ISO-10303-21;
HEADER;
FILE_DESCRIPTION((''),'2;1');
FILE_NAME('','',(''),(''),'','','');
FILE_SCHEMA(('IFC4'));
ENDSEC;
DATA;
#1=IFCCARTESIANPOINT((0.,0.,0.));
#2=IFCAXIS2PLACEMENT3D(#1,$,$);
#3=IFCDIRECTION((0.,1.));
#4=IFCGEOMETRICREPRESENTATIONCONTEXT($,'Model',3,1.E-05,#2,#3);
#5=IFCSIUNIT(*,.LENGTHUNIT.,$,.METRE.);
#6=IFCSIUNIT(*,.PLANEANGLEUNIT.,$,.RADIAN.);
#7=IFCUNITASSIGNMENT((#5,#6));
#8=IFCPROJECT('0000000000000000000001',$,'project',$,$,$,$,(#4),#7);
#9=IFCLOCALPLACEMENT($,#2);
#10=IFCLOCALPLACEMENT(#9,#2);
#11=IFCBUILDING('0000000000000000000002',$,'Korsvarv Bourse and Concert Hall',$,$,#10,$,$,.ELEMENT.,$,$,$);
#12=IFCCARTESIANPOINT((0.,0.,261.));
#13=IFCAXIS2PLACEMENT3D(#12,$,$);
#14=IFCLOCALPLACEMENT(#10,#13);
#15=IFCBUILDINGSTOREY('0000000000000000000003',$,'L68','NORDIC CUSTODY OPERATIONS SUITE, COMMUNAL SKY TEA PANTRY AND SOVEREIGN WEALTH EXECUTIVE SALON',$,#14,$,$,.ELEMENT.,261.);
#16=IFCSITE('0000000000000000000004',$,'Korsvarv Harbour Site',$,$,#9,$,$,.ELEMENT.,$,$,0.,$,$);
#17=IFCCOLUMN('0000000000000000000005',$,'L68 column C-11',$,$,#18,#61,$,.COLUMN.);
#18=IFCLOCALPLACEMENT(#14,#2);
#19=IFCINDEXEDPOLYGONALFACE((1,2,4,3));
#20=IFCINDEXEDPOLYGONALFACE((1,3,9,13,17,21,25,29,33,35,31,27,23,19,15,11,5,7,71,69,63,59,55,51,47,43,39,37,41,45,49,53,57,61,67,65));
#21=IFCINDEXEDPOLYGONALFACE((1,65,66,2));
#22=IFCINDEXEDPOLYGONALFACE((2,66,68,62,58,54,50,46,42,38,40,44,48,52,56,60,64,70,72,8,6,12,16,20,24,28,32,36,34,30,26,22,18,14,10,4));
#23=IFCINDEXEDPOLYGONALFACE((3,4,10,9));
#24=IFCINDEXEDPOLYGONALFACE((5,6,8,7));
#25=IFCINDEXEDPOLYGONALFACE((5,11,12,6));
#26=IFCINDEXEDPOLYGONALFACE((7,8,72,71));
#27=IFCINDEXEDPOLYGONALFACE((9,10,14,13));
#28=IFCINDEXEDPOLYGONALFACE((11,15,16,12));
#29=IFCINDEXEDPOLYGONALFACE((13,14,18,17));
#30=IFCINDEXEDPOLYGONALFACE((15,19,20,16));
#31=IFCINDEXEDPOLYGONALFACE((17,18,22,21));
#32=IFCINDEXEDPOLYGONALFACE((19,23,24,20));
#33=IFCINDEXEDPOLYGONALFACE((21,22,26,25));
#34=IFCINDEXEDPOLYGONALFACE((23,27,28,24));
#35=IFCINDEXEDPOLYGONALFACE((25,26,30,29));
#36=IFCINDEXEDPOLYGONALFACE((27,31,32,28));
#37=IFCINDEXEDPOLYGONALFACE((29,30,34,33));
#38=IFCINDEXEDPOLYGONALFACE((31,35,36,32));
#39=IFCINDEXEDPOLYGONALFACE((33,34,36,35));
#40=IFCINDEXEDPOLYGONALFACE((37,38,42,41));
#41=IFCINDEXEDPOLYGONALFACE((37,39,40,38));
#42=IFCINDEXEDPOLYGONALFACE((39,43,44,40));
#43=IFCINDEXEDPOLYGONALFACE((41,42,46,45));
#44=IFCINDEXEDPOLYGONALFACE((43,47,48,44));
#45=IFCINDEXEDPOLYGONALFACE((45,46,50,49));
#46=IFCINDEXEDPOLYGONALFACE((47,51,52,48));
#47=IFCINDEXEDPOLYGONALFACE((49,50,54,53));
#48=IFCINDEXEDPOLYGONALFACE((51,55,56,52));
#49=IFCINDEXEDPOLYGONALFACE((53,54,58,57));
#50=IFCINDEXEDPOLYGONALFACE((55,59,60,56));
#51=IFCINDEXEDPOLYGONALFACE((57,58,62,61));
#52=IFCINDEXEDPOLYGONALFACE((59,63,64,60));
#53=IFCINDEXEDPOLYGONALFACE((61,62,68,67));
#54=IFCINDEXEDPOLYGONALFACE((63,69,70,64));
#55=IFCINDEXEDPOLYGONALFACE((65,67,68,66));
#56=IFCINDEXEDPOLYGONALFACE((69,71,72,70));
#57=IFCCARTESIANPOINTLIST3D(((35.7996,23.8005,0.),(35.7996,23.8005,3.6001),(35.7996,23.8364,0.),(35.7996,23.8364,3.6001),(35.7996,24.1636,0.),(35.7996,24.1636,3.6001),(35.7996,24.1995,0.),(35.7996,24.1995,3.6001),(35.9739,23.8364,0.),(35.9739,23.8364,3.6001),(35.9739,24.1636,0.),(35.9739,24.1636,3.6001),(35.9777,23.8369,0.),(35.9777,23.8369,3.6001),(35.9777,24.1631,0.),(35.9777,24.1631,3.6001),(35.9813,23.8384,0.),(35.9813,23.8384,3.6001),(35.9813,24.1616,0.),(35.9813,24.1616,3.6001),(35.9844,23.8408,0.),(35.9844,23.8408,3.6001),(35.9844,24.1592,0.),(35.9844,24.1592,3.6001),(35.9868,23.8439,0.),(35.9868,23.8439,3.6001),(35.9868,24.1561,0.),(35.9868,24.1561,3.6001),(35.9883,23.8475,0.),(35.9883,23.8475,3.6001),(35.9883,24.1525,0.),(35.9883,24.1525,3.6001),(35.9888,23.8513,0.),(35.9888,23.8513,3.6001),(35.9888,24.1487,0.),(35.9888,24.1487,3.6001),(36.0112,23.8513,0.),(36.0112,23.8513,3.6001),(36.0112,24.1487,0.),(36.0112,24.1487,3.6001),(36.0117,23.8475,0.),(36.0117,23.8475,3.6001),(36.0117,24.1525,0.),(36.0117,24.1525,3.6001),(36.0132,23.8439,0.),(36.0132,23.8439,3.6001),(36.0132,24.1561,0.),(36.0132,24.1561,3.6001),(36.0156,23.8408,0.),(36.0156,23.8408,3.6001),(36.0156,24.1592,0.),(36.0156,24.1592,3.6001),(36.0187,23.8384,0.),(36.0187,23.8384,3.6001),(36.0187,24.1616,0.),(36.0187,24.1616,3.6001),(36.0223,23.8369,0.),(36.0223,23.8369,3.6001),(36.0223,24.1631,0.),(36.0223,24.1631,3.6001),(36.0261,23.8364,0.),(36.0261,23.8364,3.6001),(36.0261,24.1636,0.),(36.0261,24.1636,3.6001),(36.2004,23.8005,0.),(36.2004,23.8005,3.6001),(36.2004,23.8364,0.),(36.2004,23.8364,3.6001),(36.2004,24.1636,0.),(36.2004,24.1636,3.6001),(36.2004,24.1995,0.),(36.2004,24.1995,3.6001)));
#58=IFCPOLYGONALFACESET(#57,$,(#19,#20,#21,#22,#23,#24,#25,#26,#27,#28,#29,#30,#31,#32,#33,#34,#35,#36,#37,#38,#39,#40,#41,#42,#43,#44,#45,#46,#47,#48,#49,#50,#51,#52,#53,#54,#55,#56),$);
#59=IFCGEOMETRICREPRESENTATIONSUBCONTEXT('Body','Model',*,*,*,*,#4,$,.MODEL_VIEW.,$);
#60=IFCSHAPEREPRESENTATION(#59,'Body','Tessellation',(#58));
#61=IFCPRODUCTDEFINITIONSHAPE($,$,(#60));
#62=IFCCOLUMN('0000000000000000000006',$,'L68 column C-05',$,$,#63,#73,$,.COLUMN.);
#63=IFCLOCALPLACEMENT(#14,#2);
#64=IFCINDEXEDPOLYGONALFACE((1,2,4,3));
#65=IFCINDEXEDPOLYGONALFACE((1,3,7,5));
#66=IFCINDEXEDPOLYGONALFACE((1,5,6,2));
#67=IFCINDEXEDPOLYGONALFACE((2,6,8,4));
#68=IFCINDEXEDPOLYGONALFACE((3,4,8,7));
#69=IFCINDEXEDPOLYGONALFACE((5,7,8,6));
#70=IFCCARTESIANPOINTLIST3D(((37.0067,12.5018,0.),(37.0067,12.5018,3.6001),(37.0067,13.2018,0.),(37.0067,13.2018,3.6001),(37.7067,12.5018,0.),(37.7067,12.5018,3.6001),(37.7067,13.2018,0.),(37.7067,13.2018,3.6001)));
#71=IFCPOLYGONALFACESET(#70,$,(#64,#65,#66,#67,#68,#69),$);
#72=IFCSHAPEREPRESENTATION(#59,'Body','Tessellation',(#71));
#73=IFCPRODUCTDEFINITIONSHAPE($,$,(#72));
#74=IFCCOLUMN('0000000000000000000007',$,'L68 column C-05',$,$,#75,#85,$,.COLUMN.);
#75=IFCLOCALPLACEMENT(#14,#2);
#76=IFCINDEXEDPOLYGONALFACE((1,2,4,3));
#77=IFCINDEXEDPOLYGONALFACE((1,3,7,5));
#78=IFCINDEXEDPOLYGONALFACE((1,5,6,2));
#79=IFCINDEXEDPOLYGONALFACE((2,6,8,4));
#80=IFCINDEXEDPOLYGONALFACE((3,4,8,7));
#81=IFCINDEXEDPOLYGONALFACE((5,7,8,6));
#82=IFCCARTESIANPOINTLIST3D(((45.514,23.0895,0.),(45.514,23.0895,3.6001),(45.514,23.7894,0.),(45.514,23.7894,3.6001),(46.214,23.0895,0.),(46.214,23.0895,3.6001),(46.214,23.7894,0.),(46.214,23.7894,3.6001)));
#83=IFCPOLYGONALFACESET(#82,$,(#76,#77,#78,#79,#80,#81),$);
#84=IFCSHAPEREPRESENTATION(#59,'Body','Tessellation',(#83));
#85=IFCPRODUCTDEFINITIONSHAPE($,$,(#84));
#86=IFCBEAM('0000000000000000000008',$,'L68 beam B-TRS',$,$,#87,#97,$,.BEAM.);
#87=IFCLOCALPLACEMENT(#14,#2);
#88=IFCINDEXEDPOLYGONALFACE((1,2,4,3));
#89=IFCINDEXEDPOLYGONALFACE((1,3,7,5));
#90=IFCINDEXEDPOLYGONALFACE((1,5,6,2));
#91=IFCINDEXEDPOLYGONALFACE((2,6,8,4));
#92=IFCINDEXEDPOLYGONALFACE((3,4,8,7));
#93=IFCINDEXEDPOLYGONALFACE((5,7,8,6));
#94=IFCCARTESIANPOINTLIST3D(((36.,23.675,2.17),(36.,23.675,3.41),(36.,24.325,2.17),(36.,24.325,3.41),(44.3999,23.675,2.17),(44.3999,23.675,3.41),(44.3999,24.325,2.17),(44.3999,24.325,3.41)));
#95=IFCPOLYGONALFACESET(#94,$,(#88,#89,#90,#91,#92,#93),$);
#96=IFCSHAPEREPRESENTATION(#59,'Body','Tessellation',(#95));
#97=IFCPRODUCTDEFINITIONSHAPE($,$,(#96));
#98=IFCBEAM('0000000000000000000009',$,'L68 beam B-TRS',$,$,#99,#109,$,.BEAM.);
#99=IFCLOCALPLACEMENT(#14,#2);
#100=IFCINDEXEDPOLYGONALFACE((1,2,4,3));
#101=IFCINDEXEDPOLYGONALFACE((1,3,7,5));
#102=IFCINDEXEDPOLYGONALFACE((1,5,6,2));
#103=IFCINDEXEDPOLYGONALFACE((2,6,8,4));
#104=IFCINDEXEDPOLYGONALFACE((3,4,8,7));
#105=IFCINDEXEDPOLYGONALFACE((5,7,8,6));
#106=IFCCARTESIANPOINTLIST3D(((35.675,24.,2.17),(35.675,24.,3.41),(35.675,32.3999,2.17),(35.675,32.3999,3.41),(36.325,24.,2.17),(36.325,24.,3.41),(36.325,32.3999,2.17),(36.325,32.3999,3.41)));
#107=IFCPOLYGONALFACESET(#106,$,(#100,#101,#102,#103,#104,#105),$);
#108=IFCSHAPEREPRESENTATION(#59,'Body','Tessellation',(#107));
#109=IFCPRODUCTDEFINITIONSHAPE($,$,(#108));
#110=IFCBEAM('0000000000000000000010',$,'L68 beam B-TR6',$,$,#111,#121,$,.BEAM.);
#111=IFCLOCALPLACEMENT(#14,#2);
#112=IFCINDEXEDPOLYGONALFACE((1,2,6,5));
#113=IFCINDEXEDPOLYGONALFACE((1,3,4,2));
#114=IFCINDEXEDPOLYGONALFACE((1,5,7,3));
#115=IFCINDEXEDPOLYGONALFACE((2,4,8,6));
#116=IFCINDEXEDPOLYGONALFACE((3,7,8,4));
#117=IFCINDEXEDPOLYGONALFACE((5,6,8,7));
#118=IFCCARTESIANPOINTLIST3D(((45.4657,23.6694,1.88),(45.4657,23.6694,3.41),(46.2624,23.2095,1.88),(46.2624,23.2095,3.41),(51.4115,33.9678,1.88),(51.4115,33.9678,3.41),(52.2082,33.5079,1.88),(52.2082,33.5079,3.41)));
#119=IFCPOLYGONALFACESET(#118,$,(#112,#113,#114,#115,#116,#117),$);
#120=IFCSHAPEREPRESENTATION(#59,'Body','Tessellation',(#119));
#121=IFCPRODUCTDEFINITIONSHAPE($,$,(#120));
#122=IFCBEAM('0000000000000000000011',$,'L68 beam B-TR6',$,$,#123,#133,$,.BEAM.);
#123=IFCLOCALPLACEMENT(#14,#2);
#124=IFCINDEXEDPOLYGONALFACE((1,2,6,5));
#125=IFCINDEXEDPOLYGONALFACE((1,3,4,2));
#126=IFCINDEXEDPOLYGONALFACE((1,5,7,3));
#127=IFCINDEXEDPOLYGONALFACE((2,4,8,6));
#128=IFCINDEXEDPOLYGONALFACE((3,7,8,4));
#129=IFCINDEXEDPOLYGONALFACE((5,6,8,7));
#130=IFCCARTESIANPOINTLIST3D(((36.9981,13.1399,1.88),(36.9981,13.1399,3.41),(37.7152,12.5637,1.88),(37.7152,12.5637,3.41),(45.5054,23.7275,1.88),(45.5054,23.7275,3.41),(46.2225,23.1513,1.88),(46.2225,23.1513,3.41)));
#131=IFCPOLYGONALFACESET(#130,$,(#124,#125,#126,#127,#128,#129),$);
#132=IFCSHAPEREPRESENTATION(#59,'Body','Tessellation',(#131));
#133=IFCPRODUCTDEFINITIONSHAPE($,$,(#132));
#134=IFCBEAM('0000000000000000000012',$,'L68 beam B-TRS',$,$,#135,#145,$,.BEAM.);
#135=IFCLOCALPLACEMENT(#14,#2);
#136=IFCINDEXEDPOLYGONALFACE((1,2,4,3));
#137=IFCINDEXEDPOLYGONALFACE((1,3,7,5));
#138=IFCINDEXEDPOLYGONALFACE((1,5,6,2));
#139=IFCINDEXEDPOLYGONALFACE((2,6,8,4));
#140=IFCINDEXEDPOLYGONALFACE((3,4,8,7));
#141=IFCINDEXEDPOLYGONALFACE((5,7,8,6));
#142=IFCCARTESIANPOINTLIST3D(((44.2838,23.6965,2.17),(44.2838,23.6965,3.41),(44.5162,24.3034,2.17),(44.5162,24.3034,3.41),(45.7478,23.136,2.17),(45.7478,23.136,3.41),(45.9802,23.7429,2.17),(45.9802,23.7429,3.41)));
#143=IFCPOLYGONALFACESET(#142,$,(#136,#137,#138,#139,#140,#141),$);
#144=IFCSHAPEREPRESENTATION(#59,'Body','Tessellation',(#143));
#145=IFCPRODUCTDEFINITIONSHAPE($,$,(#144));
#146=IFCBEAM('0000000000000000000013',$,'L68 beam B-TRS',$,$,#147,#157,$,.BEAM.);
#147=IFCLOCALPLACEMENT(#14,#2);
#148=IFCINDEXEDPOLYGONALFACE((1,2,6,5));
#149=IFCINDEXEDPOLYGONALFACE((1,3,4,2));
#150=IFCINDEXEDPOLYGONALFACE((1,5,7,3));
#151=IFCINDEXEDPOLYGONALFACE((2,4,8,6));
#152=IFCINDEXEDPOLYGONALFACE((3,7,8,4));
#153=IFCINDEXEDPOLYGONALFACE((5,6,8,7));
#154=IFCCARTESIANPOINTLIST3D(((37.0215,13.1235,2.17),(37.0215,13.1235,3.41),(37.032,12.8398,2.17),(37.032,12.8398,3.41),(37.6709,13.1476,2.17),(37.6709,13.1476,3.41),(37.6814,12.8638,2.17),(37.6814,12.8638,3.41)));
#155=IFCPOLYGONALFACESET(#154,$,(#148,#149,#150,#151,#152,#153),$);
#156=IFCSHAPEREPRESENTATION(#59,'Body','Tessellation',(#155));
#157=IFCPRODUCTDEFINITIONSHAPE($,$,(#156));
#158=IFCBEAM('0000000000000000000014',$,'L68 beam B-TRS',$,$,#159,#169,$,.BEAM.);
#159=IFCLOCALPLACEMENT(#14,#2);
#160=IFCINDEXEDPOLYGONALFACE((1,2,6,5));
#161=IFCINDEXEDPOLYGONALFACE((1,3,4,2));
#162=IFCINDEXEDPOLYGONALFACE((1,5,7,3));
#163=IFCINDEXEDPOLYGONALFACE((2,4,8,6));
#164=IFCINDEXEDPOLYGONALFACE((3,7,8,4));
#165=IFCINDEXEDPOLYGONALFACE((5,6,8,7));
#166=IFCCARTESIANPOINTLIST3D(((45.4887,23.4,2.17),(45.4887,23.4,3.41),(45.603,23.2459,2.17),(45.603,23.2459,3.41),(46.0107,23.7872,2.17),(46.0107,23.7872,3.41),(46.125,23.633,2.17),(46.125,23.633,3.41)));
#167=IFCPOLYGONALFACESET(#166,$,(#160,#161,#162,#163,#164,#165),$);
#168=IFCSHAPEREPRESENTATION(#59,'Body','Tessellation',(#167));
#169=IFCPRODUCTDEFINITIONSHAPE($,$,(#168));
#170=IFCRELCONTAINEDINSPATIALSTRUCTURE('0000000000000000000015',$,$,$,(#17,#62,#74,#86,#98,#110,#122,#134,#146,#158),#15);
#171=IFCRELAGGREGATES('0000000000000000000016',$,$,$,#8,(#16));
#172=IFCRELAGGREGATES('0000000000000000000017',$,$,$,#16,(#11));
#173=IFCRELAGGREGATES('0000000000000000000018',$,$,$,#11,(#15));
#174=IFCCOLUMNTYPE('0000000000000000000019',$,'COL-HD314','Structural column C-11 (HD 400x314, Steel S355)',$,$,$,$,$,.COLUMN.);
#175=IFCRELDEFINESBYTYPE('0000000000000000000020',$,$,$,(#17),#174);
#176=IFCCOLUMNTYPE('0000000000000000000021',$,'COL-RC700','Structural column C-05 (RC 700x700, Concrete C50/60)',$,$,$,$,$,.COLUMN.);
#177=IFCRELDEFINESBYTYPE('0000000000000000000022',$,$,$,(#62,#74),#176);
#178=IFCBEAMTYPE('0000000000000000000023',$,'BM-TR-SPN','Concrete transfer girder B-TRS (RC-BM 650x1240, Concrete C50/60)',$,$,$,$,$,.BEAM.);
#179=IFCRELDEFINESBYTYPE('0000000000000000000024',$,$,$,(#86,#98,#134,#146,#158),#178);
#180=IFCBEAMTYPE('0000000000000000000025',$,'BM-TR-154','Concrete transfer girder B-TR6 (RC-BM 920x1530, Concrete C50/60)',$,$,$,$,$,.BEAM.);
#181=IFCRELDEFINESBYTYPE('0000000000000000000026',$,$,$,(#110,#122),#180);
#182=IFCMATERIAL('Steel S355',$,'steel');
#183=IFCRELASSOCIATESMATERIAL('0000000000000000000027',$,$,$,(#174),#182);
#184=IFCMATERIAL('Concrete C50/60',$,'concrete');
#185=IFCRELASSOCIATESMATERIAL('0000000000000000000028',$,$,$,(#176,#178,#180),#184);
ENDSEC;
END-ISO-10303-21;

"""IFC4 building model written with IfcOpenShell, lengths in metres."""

from ifc_helpers import new_model, si_unit, direction, frame, origin, origin_2d, place, context, subcontext, project, spatial, rectangle, i_section, extrude, source, transform, mapped, material, material_profile, profile_set, type_object, element, save


model = new_model("IFC4")

# Units and contexts
model_context = context("Model", 3, precision=1e-05, world=origin(), true_north=direction((0.0, 1.0)))
body_context = subcontext(model_context, "Body", "Model", "MODEL_VIEW")
ifc_project = project(units=[si_unit("LENGTHUNIT", "METRE"), si_unit("PLANEANGLEUNIT", "RADIAN")], contexts=[model_context])

# Site, building, storey
site_placement = place(None, origin())
site = spatial("IfcSite", under=ifc_project, at=site_placement, Name="Korsvarv Harbour Site", CompositionType="ELEMENT", RefElevation=0.0)
building_placement = place(site_placement, origin())
building = spatial("IfcBuilding", under=site, at=building_placement, Name="Korsvarv Bourse and Concert Hall", CompositionType="ELEMENT")
storey_placement = place(building_placement, frame((0.0, 0.0, 261.0)))
storey = spatial("IfcBuildingStorey", under=building, at=storey_placement, Name="L68", Description="NORDIC CUSTODY OPERATIONS SUITE, COMMUNAL SKY TEA PANTRY AND SOVEREIGN WEALTH EXECUTIVE SALON", CompositionType="ELEMENT", Elevation=261.0)

# Columns
ifc_material_1 = material(Name="Steel S355", Category="steel")
ifc_material_profile_1 = material_profile(ifc_material_1, i_section(OverallWidth=0.4009, OverallDepth=0.3989, WebThickness=0.0225, FlangeThickness=0.0359, FilletRadius=0.0149, at=origin_2d()), Name="HD 400x314")
ifc_profile_set_1 = profile_set([ifc_material_profile_1], Name="Steel S355")
column_type_1 = type_object("IfcColumnType", Name="COL-HD314", Description="Structural column C-11 (HD 400x314, Steel S355)", PredefinedType="COLUMN", material=ifc_profile_set_1)
shared_shape_1 = source(origin(), body_context, "Body", "SweptSolid", [
    extrude(i_section(OverallWidth=0.4009, OverallDepth=0.3989, WebThickness=0.0225, FlangeThickness=0.0359, FilletRadius=0.0149, at=origin_2d()), origin(), (0.0, 0.0, 1.0), 3.6001),
])
column_placement = place(storey_placement, frame((36.0, 24.0, 0.0), z_axis=(0.0, 0.0, 1.0), x_axis=(1.0, 0.0, 0.0)))
element("IfcColumn", 1, at=column_placement, inside=storey, type_object=column_type_1, Name="L68 column C-11", PredefinedType="COLUMN", context=body_context, shape_type="MappedRepresentation", body=[
    mapped(shared_shape_1, transform((0.0, 0.0, 0.0), scale=1.0)),
])
ifc_material_2 = material(Name="Concrete C50/60", Category="concrete")
ifc_material_profile_2 = material_profile(ifc_material_2, rectangle(XDim=0.7, YDim=0.7, at=origin_2d()), Name="RC 700x700")
ifc_profile_set_2 = profile_set([ifc_material_profile_2], Name="Concrete C50/60")
column_type_2 = type_object("IfcColumnType", Name="COL-RC700", Description="Structural column C-05 (RC 700x700, Concrete C50/60)", PredefinedType="COLUMN", material=ifc_profile_set_2)
shared_shape_2 = source(origin(), body_context, "Body", "SweptSolid", [
    extrude(rectangle(XDim=0.7, YDim=0.7, at=origin_2d()), origin(), (0.0, 0.0, 1.0), 3.6001),
])
for number, where, z_axis, x_axis, name in (
    (2, (37.3567, 12.8518, 0.0), (0.0, 0.0, 1.0), (1.0, 0.0, 0.0), "L68 column C-05"),
    (3, (45.864, 23.4395, 0.0), (0.0, 0.0, 1.0), (1.0, 0.0, 0.0), "L68 column C-05"),
):
    element("IfcColumn", number, at=place(storey_placement, frame(where, z_axis=z_axis, x_axis=x_axis)), inside=storey, type_object=column_type_2, Name=name, PredefinedType="COLUMN", context=body_context, shape_type="MappedRepresentation", body=[
        mapped(shared_shape_2, transform((0.0, 0.0, 0.0), scale=1.0)),
    ])

# Beams
ifc_material_profile_3 = material_profile(ifc_material_2, rectangle(XDim=0.6499, YDim=1.24, at=origin_2d()), Name="RC-BM 650x1240")
ifc_profile_set_3 = profile_set([ifc_material_profile_3], Name="Concrete C50/60")
beam_type_1 = type_object("IfcBeamType", Name="BM-TR-SPN", Description="Concrete transfer girder B-TRS (RC-BM 650x1240, Concrete C50/60)", PredefinedType="BEAM", material=ifc_profile_set_3)
shared_shape_3 = source(origin(), body_context, "Body", "SweptSolid", [
    extrude(rectangle(XDim=0.6499, YDim=1.24, at=origin_2d()), origin(), (0.0, 0.0, 1.0), 8.3999),
])
for number, where, z_axis, x_axis, name in (
    (4, (36.0, 24.0, 2.79), (1.0, 0.0, 0.0), (0.0, 1.0, 0.0), "L68 beam B-TRS"),
    (5, (36.0, 24.0, 2.79), (0.0, 1.0, 0.0), (-1.0, 0.0, 0.0), "L68 beam B-TRS"),
):
    element("IfcBeam", number, at=place(storey_placement, frame(where, z_axis=z_axis, x_axis=x_axis)), inside=storey, type_object=beam_type_1, Name=name, PredefinedType="BEAM", context=body_context, shape_type="MappedRepresentation", body=[
        mapped(shared_shape_3, transform((0.0, 0.0, 0.0), scale=1.0)),
    ])
ifc_material_profile_4 = material_profile(ifc_material_2, rectangle(XDim=0.9199, YDim=1.53, at=origin_2d()), Name="RC-BM 920x1530")
ifc_profile_set_4 = profile_set([ifc_material_profile_4], Name="Concrete C50/60")
beam_type_2 = type_object("IfcBeamType", Name="BM-TR-154", Description="Concrete transfer girder B-TR6 (RC-BM 920x1530, Concrete C50/60)", PredefinedType="BEAM", material=ifc_profile_set_4)
shared_shape_4 = source(origin(), body_context, "Body", "SweptSolid", [
    extrude(rectangle(XDim=0.9199, YDim=1.53, at=origin_2d()), origin(), (0.0, 0.0, 1.0), 11.8916),
])
beam_1_placement = place(storey_placement, frame((45.864, 23.4395, 2.645), z_axis=(0.500003, 0.866024, 0.0), x_axis=(-0.866024, 0.500003, 0.0)))
element("IfcBeam", 6, at=beam_1_placement, inside=storey, type_object=beam_type_2, Name="L68 beam B-TR6", PredefinedType="BEAM", context=body_context, shape_type="MappedRepresentation", body=[
    mapped(shared_shape_4, transform((0.0, 0.0, 0.0), scale=1.0)),
])
shared_shape_5 = source(origin(), body_context, "Body", "SweptSolid", [
    extrude(rectangle(XDim=0.9199, YDim=1.53, at=origin_2d()), origin(), (0.0, 0.0, 1.0), 13.582),
])
beam_2_placement = place(storey_placement, frame((37.3567, 12.8518, 2.645), z_axis=(0.626364, 0.779531, 0.0), x_axis=(-0.779531, 0.626364, 0.0)))
element("IfcBeam", 7, at=beam_2_placement, inside=storey, type_object=beam_type_2, Name="L68 beam B-TR6", PredefinedType="BEAM", context=body_context, shape_type="MappedRepresentation", body=[
    mapped(shared_shape_5, transform((0.0, 0.0, 0.0), scale=1.0)),
])
shared_shape_6 = source(origin(), body_context, "Body", "SweptSolid", [
    extrude(rectangle(XDim=0.6499, YDim=1.24, at=origin_2d()), origin(), (0.0, 0.0, 1.0), 1.5676),
])
beam_3_placement = place(storey_placement, frame((45.864, 23.4395, 2.79), z_axis=(-0.933894, 0.357549, 0.0), x_axis=(-0.357549, -0.933894, 0.0)))
element("IfcBeam", 8, at=beam_3_placement, inside=storey, type_object=beam_type_1, Name="L68 beam B-TRS", PredefinedType="BEAM", context=body_context, shape_type="MappedRepresentation", body=[
    mapped(shared_shape_6, transform((0.0, 0.0, 0.0), scale=1.0)),
])
shared_shape_7 = source(origin(), body_context, "Body", "SweptSolid", [
    extrude(rectangle(XDim=0.6499, YDim=1.24, at=origin_2d()), origin(), (0.0, 0.0, 1.0), 0.2839),
])
beam_4_placement = place(storey_placement, frame((37.3567, 12.8518, 2.79), z_axis=(-0.03698, 0.999316, 0.0), x_axis=(-0.999316, -0.03698, 0.0)))
element("IfcBeam", 9, at=beam_4_placement, inside=storey, type_object=beam_type_1, Name="L68 beam B-TRS", PredefinedType="BEAM", context=body_context, shape_type="MappedRepresentation", body=[
    mapped(shared_shape_7, transform((0.0, 0.0, 0.0), scale=1.0)),
])
shared_shape_8 = source(origin(), body_context, "Body", "SweptSolid", [
    extrude(rectangle(XDim=0.6499, YDim=1.24, at=origin_2d()), origin(), (0.0, 0.0, 1.0), 0.1919),
])
beam_5_placement = place(storey_placement, frame((45.864, 23.4395, 2.79), z_axis=(-0.595715, 0.803196, 0.0), x_axis=(-0.803196, -0.595715, 0.0)))
element("IfcBeam", 10, at=beam_5_placement, inside=storey, type_object=beam_type_1, Name="L68 beam B-TRS", PredefinedType="BEAM", context=body_context, shape_type="MappedRepresentation", body=[
    mapped(shared_shape_8, transform((0.0, 0.0, 0.0), scale=1.0)),
])

save(model, "model.ifc")
